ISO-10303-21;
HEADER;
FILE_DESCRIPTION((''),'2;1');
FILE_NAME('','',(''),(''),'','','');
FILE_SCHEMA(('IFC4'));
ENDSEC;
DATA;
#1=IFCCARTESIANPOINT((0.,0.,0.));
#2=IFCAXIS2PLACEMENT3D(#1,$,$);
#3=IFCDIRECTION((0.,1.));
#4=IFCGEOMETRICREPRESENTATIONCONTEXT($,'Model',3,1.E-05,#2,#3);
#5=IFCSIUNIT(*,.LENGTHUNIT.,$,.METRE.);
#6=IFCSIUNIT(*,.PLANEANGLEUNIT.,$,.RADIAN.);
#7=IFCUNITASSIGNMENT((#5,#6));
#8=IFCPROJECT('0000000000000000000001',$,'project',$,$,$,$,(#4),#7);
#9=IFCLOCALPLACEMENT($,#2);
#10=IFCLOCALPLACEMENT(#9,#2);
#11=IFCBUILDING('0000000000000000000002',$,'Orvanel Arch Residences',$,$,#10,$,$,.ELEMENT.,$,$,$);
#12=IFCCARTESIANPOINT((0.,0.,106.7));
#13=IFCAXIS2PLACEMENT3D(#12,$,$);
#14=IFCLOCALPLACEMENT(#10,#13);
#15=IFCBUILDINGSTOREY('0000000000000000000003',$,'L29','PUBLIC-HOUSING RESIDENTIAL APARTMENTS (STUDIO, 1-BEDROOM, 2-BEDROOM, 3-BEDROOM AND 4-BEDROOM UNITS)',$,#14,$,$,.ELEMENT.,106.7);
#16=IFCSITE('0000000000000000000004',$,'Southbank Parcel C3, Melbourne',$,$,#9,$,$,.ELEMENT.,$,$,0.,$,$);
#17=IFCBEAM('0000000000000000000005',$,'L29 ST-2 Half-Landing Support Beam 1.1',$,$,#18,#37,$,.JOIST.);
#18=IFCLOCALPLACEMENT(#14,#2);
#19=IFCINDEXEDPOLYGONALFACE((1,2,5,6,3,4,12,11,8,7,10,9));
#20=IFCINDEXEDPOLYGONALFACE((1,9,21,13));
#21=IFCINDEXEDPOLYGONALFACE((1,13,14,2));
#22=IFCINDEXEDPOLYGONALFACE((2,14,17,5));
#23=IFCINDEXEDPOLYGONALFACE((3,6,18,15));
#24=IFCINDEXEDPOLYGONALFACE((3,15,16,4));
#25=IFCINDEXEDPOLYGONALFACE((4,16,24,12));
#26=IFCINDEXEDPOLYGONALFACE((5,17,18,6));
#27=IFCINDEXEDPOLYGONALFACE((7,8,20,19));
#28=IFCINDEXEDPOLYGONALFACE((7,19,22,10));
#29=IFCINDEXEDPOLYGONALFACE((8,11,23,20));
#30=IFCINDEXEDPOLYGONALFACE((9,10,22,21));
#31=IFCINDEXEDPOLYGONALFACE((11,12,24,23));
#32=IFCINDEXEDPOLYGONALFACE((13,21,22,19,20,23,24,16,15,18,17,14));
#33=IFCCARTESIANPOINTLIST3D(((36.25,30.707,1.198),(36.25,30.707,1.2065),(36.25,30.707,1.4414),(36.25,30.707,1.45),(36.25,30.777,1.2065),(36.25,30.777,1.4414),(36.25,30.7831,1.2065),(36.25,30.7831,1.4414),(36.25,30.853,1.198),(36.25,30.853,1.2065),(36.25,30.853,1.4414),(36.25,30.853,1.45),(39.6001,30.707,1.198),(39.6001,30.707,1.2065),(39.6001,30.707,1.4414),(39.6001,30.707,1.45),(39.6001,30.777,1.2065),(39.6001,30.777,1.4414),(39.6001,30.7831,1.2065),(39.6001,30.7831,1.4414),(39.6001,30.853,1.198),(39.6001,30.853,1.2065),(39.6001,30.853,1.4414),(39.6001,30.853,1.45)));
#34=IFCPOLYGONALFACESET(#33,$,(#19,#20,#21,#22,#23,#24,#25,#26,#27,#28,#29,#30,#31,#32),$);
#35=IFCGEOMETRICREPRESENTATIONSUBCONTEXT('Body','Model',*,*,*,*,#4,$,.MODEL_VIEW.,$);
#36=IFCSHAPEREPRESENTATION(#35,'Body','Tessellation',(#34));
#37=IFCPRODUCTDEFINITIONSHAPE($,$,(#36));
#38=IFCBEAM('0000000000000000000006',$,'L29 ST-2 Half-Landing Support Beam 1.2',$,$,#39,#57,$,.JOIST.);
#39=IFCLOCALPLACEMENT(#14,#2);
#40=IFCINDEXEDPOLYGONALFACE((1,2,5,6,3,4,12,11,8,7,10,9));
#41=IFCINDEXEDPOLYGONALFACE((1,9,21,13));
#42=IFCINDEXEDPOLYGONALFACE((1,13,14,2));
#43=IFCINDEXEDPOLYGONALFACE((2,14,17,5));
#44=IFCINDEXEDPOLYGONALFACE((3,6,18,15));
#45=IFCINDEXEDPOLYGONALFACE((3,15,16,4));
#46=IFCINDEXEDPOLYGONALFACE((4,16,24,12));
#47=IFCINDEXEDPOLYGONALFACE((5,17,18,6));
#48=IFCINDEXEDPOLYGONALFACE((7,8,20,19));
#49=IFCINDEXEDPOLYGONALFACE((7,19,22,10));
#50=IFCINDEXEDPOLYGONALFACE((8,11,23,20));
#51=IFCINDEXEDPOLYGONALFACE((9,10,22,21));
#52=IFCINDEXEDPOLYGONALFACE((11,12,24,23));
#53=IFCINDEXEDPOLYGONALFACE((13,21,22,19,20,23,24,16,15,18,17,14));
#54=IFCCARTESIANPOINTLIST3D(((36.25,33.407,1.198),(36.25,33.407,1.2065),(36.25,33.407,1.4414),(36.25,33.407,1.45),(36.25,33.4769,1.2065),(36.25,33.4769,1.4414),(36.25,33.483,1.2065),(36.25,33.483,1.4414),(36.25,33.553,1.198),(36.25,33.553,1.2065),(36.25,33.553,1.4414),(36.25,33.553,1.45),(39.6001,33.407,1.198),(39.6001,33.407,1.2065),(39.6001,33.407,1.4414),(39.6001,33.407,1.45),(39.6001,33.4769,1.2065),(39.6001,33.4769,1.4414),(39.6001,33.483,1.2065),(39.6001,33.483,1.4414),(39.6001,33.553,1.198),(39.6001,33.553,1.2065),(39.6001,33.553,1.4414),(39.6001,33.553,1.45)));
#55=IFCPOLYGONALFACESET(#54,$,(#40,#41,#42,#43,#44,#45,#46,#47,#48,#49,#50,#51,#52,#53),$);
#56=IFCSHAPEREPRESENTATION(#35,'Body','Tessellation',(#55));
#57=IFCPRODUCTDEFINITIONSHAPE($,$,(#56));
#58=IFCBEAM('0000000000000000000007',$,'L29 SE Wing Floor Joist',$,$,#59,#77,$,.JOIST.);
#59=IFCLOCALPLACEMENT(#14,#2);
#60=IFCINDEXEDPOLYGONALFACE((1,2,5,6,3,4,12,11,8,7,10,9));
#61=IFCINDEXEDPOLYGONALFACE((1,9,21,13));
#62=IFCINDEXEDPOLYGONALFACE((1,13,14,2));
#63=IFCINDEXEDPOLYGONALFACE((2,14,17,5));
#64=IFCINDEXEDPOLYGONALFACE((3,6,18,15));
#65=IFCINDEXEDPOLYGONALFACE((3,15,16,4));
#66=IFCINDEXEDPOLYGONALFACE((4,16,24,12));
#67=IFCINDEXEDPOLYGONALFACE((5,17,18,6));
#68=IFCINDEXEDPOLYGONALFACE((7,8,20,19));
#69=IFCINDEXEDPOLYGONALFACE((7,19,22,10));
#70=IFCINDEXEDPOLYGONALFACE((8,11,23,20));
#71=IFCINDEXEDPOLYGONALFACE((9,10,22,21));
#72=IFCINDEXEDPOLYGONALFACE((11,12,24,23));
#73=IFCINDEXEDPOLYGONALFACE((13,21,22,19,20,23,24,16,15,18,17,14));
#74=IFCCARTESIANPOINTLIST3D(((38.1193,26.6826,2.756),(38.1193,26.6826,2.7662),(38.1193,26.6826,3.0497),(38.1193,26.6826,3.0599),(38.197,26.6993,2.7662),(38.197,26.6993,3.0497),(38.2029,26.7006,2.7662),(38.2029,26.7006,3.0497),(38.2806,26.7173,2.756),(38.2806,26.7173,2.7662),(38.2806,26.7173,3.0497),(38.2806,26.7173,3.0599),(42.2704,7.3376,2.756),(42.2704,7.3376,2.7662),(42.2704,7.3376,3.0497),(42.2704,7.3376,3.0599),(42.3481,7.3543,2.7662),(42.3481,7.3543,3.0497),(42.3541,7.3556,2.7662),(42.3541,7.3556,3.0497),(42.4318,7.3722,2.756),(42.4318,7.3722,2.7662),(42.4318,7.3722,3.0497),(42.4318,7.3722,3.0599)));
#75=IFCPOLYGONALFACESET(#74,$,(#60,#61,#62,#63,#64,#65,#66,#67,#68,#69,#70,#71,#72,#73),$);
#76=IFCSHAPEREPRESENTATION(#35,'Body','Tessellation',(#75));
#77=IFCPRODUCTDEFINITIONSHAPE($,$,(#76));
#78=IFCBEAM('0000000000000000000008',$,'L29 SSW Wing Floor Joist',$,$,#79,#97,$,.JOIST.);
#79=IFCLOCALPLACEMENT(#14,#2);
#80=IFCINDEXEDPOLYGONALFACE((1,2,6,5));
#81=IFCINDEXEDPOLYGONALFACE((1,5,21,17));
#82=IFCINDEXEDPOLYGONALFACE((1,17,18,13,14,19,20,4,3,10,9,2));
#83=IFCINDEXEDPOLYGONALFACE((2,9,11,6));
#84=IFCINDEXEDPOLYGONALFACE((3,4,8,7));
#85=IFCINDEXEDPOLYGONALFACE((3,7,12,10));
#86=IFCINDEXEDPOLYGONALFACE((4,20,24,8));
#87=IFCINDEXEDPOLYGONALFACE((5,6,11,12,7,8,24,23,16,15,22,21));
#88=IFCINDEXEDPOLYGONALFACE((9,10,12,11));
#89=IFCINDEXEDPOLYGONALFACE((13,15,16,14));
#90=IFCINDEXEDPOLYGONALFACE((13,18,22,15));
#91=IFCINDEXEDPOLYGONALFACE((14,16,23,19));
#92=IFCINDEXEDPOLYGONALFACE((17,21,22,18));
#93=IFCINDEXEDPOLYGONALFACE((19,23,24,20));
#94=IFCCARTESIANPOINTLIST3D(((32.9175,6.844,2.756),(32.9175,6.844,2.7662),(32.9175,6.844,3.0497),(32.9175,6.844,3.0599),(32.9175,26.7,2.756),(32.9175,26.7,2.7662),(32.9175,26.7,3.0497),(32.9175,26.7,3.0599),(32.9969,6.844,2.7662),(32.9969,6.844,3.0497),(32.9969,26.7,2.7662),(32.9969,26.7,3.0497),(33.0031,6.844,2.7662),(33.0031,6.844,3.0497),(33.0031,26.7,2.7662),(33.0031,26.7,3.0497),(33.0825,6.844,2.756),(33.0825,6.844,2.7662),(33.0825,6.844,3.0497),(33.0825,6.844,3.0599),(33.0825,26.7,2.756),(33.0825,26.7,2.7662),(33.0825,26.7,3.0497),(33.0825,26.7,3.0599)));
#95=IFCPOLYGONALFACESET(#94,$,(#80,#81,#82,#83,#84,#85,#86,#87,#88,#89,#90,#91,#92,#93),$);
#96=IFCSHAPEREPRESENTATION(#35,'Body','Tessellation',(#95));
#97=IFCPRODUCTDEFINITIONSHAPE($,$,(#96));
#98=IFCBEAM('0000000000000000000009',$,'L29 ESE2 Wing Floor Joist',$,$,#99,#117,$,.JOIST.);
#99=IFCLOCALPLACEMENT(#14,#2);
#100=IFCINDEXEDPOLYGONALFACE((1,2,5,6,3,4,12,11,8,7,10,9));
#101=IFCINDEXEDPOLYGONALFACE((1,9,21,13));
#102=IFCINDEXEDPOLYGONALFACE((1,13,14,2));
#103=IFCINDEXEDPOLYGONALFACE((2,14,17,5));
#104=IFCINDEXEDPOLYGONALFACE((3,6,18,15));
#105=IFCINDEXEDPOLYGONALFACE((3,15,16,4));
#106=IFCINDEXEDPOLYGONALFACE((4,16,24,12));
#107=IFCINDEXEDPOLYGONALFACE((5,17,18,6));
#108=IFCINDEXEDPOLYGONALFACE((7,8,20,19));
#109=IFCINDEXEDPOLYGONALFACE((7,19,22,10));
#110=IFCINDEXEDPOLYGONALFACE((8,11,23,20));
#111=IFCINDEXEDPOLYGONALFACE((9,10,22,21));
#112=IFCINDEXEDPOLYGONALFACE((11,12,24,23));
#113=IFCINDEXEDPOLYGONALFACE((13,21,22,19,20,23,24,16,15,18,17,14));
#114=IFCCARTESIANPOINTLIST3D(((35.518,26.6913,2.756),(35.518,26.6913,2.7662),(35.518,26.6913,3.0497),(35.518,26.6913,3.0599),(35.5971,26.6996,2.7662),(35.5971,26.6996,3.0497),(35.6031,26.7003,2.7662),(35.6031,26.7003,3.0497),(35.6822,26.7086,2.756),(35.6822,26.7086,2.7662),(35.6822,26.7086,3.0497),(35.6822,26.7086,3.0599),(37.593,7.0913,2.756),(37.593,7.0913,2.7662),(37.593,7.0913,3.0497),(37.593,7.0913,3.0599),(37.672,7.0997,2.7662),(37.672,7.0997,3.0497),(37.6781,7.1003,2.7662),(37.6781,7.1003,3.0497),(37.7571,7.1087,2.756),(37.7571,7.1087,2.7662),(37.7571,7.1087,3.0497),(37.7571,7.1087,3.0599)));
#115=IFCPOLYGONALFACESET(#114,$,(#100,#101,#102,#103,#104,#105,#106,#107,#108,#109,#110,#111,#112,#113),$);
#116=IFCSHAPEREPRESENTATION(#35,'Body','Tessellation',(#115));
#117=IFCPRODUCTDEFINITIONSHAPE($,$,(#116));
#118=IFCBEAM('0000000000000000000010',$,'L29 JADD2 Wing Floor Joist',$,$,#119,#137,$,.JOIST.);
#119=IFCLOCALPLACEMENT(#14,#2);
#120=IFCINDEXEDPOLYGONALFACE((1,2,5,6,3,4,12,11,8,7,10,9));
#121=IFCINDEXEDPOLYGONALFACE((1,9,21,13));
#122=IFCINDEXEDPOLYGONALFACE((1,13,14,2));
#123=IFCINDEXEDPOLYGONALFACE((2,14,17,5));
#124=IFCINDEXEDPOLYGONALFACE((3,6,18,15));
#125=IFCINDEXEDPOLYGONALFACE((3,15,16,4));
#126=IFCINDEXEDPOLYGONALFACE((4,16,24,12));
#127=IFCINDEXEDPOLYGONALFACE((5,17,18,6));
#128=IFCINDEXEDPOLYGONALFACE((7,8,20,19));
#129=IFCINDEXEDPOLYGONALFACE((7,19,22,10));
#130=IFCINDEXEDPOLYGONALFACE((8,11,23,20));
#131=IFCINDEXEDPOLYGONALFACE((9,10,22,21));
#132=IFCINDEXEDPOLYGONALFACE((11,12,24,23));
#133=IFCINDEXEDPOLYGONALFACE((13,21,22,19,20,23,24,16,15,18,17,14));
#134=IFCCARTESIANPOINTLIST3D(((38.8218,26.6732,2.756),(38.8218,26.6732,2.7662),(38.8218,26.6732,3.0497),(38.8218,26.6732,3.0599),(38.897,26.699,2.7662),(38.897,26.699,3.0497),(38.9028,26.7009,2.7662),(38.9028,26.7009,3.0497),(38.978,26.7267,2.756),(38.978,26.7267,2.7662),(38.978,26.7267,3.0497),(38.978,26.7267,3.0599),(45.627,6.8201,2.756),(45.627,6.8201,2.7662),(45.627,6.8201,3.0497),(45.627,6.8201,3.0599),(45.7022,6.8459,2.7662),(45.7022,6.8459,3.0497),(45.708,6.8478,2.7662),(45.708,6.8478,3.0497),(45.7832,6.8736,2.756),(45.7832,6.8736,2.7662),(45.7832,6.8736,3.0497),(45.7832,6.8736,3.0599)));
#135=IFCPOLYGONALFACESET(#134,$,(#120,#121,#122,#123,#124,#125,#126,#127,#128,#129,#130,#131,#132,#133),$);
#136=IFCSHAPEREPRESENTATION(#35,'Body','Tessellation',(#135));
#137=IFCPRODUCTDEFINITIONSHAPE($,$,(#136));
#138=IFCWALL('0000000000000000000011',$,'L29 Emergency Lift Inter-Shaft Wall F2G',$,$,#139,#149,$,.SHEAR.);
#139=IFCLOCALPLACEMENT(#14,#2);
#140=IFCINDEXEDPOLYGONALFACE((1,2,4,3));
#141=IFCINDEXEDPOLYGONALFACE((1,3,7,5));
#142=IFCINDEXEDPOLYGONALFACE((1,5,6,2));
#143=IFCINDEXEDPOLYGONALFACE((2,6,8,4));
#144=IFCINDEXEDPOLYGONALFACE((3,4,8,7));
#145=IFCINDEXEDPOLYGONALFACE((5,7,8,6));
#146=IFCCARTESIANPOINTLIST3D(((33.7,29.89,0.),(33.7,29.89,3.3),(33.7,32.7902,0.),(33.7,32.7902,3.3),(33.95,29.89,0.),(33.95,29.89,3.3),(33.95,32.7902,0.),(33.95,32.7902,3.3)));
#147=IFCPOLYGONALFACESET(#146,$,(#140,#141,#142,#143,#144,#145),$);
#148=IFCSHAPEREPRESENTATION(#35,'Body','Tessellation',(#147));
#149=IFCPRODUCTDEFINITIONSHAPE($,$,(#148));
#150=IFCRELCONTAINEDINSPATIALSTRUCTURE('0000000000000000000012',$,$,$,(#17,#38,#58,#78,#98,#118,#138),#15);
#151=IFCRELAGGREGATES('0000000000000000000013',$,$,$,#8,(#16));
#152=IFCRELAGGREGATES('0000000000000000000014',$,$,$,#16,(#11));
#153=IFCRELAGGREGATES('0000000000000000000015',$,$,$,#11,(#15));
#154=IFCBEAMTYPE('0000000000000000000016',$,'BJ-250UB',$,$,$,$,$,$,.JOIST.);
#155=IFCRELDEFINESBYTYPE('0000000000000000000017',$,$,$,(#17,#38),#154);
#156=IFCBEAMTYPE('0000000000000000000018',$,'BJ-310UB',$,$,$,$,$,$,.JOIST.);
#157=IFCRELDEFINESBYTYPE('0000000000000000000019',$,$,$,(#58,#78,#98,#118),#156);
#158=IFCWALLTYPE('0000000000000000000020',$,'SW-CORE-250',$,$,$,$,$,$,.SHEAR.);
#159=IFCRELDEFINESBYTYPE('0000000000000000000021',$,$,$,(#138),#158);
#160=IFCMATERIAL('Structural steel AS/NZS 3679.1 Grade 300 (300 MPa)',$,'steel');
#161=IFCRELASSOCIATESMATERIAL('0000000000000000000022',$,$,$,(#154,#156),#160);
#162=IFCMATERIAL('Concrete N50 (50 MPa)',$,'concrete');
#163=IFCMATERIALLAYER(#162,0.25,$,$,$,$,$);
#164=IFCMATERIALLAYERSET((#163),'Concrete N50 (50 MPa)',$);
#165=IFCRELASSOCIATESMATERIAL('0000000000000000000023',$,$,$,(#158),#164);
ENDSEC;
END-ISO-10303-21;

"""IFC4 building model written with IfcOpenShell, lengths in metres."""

from ifc_helpers import new_model, si_unit, direction, frame, frame_2d, origin, origin_2d, place, context, subcontext, project, spatial, rectangle, i_section, extrude, material, layer, layer_set, material_profile, profile_set, type_object, element, save


model = new_model("IFC4")

# Units and contexts
model_context = context("Model", 3, precision=1e-05, world=origin(), true_north=direction((0.0, 1.0)))
body_context = subcontext(model_context, "Body", "Model", "MODEL_VIEW")
ifc_project = project(units=[si_unit("LENGTHUNIT", "METRE"), si_unit("PLANEANGLEUNIT", "RADIAN")], contexts=[model_context])

# Site, building, storey
site_placement = place(None, origin())
site = spatial("IfcSite", under=ifc_project, at=site_placement, Name="Southbank Parcel C3, Melbourne", CompositionType="ELEMENT", RefElevation=0.0)
building_placement = place(site_placement, origin())
building = spatial("IfcBuilding", under=site, at=building_placement, Name="Orvanel Arch Residences", CompositionType="ELEMENT")
storey_placement = place(building_placement, frame((0.0, 0.0, 106.7)))
storey = spatial("IfcBuildingStorey", under=building, at=storey_placement, Name="L29", Description="PUBLIC-HOUSING RESIDENTIAL APARTMENTS (STUDIO, 1-BEDROOM, 2-BEDROOM, 3-BEDROOM AND 4-BEDROOM UNITS)", CompositionType="ELEMENT", Elevation=106.7)

# Beams
ifc_material_1 = material(Name="Structural steel AS/NZS 3679.1 Grade 300 (300 MPa)", Category="steel")
ifc_material_profile_1 = material_profile(ifc_material_1, i_section(OverallWidth=0.146, OverallDepth=0.252, WebThickness=0.0061, FlangeThickness=0.0085, at=origin_2d()), Name="250UB31.4")
ifc_profile_set_1 = profile_set([ifc_material_profile_1], Name="Structural steel AS/NZS 3679.1 Grade 300 (300 MPa)")
beam_type_1 = type_object("IfcBeamType", Name="BJ-250UB", PredefinedType="JOIST", material=ifc_profile_set_1)
for number, where, z_axis, x_axis, name in (
    (1, (36.25, 30.78, 1.324), (1.0, 0.0, 0.0), (0.0, 1.0, 0.0), "L29 ST-2 Half-Landing Support Beam 1.1"),
    (2, (36.25, 33.48, 1.324), (1.0, 0.0, 0.0), (0.0, 1.0, 0.0), "L29 ST-2 Half-Landing Support Beam 1.2"),
):
    element("IfcBeam", number, at=place(storey_placement, frame(where, z_axis=z_axis, x_axis=x_axis)), inside=storey, type_object=beam_type_1, Name=name, PredefinedType="JOIST", context=body_context, shape_type="SweptSolid", body=[
        extrude(i_section(OverallWidth=0.146, OverallDepth=0.252, WebThickness=0.0061, FlangeThickness=0.0085, at=origin_2d()), origin(), (0.0, 0.0, 1.0), 3.3501),
    ])
ifc_material_profile_2 = material_profile(ifc_material_1, i_section(OverallWidth=0.165, OverallDepth=0.304, WebThickness=0.0061, FlangeThickness=0.0103, at=origin_2d()), Name="310UB40.4")
ifc_profile_set_2 = profile_set([ifc_material_profile_2], Name="Structural steel AS/NZS 3679.1 Grade 300 (300 MPa)")
beam_type_2 = type_object("IfcBeamType", Name="BJ-310UB", PredefinedType="JOIST", material=ifc_profile_set_2)
beam_1_placement = place(storey_placement, frame((38.2, 26.7, 2.908), z_axis=(0.209808, -0.977743, 0.0), x_axis=(0.977743, 0.209808, 0.0)))
element("IfcBeam", 3, at=beam_1_placement, inside=storey, type_object=beam_type_2, Name="L29 SE Wing Floor Joist", PredefinedType="JOIST", context=body_context, shape_type="SweptSolid", body=[
    extrude(i_section(OverallWidth=0.165, OverallDepth=0.304, WebThickness=0.0061, FlangeThickness=0.0103, at=origin_2d()), origin(), (0.0, 0.0, 1.0), 19.7854),
])
beam_2_placement = place(storey_placement, frame((33.0, 26.7, 2.908), z_axis=(0.0, -1.0, 0.0), x_axis=(1.0, 0.0, 0.0)))
element("IfcBeam", 4, at=beam_2_placement, inside=storey, type_object=beam_type_2, Name="L29 SSW Wing Floor Joist", PredefinedType="JOIST", context=body_context, shape_type="SweptSolid", body=[
    extrude(i_section(OverallWidth=0.165, OverallDepth=0.304, WebThickness=0.0061, FlangeThickness=0.0103, at=origin_2d()), origin(), (0.0, 0.0, 1.0), 19.856),
])
beam_3_placement = place(storey_placement, frame((35.6001, 26.7, 2.908), z_axis=(0.105277, -0.994443, 0.0), x_axis=(0.994443, 0.105277, 0.0)))
element("IfcBeam", 5, at=beam_3_placement, inside=storey, type_object=beam_type_2, Name="L29 ESE2 Wing Floor Joist", PredefinedType="JOIST", context=body_context, shape_type="SweptSolid", body=[
    extrude(i_section(OverallWidth=0.165, OverallDepth=0.304, WebThickness=0.0061, FlangeThickness=0.0103, at=origin_2d()), origin(), (0.0, 0.0, 1.0), 19.7095),
])
beam_4_placement = place(storey_placement, frame((38.8999, 26.7, 2.908), z_axis=(0.324257, -0.945969, 0.0), x_axis=(0.945969, 0.324257, 0.0)))
element("IfcBeam", 6, at=beam_4_placement, inside=storey, type_object=beam_type_2, Name="L29 JADD2 Wing Floor Joist", PredefinedType="JOIST", context=body_context, shape_type="SweptSolid", body=[
    extrude(i_section(OverallWidth=0.165, OverallDepth=0.304, WebThickness=0.0061, FlangeThickness=0.0103, at=origin_2d()), origin(), (0.0, 0.0, 1.0), 20.9871),
])

# Wall
ifc_material_2 = material(Name="Concrete N50 (50 MPa)", Category="concrete")
ifc_layer_1 = layer(ifc_material_2, 0.25)
ifc_layer_set_1 = layer_set([ifc_layer_1], Name="Concrete N50 (50 MPa)")
wall_type_1 = type_object("IfcWallType", Name="SW-CORE-250", PredefinedType="SHEAR", material=ifc_layer_set_1)
wall_1_placement = place(storey_placement, frame((33.825, 29.8899, 0.0), z_axis=(0.0, 0.0, 1.0), x_axis=(0.0, 1.0, 0.0)))
element("IfcWall", 7, at=wall_1_placement, inside=storey, type_object=wall_type_1, Name="L29 Emergency Lift Inter-Shaft Wall F2G", PredefinedType="SHEAR", context=body_context, shape_type="SweptSolid", body=[
    extrude(rectangle(XDim=2.9001, YDim=0.25, at=frame_2d((1.4502, 0.0))), origin(), (0.0, 0.0, 1.0), 3.3),
])

save(model, "model.ifc")
